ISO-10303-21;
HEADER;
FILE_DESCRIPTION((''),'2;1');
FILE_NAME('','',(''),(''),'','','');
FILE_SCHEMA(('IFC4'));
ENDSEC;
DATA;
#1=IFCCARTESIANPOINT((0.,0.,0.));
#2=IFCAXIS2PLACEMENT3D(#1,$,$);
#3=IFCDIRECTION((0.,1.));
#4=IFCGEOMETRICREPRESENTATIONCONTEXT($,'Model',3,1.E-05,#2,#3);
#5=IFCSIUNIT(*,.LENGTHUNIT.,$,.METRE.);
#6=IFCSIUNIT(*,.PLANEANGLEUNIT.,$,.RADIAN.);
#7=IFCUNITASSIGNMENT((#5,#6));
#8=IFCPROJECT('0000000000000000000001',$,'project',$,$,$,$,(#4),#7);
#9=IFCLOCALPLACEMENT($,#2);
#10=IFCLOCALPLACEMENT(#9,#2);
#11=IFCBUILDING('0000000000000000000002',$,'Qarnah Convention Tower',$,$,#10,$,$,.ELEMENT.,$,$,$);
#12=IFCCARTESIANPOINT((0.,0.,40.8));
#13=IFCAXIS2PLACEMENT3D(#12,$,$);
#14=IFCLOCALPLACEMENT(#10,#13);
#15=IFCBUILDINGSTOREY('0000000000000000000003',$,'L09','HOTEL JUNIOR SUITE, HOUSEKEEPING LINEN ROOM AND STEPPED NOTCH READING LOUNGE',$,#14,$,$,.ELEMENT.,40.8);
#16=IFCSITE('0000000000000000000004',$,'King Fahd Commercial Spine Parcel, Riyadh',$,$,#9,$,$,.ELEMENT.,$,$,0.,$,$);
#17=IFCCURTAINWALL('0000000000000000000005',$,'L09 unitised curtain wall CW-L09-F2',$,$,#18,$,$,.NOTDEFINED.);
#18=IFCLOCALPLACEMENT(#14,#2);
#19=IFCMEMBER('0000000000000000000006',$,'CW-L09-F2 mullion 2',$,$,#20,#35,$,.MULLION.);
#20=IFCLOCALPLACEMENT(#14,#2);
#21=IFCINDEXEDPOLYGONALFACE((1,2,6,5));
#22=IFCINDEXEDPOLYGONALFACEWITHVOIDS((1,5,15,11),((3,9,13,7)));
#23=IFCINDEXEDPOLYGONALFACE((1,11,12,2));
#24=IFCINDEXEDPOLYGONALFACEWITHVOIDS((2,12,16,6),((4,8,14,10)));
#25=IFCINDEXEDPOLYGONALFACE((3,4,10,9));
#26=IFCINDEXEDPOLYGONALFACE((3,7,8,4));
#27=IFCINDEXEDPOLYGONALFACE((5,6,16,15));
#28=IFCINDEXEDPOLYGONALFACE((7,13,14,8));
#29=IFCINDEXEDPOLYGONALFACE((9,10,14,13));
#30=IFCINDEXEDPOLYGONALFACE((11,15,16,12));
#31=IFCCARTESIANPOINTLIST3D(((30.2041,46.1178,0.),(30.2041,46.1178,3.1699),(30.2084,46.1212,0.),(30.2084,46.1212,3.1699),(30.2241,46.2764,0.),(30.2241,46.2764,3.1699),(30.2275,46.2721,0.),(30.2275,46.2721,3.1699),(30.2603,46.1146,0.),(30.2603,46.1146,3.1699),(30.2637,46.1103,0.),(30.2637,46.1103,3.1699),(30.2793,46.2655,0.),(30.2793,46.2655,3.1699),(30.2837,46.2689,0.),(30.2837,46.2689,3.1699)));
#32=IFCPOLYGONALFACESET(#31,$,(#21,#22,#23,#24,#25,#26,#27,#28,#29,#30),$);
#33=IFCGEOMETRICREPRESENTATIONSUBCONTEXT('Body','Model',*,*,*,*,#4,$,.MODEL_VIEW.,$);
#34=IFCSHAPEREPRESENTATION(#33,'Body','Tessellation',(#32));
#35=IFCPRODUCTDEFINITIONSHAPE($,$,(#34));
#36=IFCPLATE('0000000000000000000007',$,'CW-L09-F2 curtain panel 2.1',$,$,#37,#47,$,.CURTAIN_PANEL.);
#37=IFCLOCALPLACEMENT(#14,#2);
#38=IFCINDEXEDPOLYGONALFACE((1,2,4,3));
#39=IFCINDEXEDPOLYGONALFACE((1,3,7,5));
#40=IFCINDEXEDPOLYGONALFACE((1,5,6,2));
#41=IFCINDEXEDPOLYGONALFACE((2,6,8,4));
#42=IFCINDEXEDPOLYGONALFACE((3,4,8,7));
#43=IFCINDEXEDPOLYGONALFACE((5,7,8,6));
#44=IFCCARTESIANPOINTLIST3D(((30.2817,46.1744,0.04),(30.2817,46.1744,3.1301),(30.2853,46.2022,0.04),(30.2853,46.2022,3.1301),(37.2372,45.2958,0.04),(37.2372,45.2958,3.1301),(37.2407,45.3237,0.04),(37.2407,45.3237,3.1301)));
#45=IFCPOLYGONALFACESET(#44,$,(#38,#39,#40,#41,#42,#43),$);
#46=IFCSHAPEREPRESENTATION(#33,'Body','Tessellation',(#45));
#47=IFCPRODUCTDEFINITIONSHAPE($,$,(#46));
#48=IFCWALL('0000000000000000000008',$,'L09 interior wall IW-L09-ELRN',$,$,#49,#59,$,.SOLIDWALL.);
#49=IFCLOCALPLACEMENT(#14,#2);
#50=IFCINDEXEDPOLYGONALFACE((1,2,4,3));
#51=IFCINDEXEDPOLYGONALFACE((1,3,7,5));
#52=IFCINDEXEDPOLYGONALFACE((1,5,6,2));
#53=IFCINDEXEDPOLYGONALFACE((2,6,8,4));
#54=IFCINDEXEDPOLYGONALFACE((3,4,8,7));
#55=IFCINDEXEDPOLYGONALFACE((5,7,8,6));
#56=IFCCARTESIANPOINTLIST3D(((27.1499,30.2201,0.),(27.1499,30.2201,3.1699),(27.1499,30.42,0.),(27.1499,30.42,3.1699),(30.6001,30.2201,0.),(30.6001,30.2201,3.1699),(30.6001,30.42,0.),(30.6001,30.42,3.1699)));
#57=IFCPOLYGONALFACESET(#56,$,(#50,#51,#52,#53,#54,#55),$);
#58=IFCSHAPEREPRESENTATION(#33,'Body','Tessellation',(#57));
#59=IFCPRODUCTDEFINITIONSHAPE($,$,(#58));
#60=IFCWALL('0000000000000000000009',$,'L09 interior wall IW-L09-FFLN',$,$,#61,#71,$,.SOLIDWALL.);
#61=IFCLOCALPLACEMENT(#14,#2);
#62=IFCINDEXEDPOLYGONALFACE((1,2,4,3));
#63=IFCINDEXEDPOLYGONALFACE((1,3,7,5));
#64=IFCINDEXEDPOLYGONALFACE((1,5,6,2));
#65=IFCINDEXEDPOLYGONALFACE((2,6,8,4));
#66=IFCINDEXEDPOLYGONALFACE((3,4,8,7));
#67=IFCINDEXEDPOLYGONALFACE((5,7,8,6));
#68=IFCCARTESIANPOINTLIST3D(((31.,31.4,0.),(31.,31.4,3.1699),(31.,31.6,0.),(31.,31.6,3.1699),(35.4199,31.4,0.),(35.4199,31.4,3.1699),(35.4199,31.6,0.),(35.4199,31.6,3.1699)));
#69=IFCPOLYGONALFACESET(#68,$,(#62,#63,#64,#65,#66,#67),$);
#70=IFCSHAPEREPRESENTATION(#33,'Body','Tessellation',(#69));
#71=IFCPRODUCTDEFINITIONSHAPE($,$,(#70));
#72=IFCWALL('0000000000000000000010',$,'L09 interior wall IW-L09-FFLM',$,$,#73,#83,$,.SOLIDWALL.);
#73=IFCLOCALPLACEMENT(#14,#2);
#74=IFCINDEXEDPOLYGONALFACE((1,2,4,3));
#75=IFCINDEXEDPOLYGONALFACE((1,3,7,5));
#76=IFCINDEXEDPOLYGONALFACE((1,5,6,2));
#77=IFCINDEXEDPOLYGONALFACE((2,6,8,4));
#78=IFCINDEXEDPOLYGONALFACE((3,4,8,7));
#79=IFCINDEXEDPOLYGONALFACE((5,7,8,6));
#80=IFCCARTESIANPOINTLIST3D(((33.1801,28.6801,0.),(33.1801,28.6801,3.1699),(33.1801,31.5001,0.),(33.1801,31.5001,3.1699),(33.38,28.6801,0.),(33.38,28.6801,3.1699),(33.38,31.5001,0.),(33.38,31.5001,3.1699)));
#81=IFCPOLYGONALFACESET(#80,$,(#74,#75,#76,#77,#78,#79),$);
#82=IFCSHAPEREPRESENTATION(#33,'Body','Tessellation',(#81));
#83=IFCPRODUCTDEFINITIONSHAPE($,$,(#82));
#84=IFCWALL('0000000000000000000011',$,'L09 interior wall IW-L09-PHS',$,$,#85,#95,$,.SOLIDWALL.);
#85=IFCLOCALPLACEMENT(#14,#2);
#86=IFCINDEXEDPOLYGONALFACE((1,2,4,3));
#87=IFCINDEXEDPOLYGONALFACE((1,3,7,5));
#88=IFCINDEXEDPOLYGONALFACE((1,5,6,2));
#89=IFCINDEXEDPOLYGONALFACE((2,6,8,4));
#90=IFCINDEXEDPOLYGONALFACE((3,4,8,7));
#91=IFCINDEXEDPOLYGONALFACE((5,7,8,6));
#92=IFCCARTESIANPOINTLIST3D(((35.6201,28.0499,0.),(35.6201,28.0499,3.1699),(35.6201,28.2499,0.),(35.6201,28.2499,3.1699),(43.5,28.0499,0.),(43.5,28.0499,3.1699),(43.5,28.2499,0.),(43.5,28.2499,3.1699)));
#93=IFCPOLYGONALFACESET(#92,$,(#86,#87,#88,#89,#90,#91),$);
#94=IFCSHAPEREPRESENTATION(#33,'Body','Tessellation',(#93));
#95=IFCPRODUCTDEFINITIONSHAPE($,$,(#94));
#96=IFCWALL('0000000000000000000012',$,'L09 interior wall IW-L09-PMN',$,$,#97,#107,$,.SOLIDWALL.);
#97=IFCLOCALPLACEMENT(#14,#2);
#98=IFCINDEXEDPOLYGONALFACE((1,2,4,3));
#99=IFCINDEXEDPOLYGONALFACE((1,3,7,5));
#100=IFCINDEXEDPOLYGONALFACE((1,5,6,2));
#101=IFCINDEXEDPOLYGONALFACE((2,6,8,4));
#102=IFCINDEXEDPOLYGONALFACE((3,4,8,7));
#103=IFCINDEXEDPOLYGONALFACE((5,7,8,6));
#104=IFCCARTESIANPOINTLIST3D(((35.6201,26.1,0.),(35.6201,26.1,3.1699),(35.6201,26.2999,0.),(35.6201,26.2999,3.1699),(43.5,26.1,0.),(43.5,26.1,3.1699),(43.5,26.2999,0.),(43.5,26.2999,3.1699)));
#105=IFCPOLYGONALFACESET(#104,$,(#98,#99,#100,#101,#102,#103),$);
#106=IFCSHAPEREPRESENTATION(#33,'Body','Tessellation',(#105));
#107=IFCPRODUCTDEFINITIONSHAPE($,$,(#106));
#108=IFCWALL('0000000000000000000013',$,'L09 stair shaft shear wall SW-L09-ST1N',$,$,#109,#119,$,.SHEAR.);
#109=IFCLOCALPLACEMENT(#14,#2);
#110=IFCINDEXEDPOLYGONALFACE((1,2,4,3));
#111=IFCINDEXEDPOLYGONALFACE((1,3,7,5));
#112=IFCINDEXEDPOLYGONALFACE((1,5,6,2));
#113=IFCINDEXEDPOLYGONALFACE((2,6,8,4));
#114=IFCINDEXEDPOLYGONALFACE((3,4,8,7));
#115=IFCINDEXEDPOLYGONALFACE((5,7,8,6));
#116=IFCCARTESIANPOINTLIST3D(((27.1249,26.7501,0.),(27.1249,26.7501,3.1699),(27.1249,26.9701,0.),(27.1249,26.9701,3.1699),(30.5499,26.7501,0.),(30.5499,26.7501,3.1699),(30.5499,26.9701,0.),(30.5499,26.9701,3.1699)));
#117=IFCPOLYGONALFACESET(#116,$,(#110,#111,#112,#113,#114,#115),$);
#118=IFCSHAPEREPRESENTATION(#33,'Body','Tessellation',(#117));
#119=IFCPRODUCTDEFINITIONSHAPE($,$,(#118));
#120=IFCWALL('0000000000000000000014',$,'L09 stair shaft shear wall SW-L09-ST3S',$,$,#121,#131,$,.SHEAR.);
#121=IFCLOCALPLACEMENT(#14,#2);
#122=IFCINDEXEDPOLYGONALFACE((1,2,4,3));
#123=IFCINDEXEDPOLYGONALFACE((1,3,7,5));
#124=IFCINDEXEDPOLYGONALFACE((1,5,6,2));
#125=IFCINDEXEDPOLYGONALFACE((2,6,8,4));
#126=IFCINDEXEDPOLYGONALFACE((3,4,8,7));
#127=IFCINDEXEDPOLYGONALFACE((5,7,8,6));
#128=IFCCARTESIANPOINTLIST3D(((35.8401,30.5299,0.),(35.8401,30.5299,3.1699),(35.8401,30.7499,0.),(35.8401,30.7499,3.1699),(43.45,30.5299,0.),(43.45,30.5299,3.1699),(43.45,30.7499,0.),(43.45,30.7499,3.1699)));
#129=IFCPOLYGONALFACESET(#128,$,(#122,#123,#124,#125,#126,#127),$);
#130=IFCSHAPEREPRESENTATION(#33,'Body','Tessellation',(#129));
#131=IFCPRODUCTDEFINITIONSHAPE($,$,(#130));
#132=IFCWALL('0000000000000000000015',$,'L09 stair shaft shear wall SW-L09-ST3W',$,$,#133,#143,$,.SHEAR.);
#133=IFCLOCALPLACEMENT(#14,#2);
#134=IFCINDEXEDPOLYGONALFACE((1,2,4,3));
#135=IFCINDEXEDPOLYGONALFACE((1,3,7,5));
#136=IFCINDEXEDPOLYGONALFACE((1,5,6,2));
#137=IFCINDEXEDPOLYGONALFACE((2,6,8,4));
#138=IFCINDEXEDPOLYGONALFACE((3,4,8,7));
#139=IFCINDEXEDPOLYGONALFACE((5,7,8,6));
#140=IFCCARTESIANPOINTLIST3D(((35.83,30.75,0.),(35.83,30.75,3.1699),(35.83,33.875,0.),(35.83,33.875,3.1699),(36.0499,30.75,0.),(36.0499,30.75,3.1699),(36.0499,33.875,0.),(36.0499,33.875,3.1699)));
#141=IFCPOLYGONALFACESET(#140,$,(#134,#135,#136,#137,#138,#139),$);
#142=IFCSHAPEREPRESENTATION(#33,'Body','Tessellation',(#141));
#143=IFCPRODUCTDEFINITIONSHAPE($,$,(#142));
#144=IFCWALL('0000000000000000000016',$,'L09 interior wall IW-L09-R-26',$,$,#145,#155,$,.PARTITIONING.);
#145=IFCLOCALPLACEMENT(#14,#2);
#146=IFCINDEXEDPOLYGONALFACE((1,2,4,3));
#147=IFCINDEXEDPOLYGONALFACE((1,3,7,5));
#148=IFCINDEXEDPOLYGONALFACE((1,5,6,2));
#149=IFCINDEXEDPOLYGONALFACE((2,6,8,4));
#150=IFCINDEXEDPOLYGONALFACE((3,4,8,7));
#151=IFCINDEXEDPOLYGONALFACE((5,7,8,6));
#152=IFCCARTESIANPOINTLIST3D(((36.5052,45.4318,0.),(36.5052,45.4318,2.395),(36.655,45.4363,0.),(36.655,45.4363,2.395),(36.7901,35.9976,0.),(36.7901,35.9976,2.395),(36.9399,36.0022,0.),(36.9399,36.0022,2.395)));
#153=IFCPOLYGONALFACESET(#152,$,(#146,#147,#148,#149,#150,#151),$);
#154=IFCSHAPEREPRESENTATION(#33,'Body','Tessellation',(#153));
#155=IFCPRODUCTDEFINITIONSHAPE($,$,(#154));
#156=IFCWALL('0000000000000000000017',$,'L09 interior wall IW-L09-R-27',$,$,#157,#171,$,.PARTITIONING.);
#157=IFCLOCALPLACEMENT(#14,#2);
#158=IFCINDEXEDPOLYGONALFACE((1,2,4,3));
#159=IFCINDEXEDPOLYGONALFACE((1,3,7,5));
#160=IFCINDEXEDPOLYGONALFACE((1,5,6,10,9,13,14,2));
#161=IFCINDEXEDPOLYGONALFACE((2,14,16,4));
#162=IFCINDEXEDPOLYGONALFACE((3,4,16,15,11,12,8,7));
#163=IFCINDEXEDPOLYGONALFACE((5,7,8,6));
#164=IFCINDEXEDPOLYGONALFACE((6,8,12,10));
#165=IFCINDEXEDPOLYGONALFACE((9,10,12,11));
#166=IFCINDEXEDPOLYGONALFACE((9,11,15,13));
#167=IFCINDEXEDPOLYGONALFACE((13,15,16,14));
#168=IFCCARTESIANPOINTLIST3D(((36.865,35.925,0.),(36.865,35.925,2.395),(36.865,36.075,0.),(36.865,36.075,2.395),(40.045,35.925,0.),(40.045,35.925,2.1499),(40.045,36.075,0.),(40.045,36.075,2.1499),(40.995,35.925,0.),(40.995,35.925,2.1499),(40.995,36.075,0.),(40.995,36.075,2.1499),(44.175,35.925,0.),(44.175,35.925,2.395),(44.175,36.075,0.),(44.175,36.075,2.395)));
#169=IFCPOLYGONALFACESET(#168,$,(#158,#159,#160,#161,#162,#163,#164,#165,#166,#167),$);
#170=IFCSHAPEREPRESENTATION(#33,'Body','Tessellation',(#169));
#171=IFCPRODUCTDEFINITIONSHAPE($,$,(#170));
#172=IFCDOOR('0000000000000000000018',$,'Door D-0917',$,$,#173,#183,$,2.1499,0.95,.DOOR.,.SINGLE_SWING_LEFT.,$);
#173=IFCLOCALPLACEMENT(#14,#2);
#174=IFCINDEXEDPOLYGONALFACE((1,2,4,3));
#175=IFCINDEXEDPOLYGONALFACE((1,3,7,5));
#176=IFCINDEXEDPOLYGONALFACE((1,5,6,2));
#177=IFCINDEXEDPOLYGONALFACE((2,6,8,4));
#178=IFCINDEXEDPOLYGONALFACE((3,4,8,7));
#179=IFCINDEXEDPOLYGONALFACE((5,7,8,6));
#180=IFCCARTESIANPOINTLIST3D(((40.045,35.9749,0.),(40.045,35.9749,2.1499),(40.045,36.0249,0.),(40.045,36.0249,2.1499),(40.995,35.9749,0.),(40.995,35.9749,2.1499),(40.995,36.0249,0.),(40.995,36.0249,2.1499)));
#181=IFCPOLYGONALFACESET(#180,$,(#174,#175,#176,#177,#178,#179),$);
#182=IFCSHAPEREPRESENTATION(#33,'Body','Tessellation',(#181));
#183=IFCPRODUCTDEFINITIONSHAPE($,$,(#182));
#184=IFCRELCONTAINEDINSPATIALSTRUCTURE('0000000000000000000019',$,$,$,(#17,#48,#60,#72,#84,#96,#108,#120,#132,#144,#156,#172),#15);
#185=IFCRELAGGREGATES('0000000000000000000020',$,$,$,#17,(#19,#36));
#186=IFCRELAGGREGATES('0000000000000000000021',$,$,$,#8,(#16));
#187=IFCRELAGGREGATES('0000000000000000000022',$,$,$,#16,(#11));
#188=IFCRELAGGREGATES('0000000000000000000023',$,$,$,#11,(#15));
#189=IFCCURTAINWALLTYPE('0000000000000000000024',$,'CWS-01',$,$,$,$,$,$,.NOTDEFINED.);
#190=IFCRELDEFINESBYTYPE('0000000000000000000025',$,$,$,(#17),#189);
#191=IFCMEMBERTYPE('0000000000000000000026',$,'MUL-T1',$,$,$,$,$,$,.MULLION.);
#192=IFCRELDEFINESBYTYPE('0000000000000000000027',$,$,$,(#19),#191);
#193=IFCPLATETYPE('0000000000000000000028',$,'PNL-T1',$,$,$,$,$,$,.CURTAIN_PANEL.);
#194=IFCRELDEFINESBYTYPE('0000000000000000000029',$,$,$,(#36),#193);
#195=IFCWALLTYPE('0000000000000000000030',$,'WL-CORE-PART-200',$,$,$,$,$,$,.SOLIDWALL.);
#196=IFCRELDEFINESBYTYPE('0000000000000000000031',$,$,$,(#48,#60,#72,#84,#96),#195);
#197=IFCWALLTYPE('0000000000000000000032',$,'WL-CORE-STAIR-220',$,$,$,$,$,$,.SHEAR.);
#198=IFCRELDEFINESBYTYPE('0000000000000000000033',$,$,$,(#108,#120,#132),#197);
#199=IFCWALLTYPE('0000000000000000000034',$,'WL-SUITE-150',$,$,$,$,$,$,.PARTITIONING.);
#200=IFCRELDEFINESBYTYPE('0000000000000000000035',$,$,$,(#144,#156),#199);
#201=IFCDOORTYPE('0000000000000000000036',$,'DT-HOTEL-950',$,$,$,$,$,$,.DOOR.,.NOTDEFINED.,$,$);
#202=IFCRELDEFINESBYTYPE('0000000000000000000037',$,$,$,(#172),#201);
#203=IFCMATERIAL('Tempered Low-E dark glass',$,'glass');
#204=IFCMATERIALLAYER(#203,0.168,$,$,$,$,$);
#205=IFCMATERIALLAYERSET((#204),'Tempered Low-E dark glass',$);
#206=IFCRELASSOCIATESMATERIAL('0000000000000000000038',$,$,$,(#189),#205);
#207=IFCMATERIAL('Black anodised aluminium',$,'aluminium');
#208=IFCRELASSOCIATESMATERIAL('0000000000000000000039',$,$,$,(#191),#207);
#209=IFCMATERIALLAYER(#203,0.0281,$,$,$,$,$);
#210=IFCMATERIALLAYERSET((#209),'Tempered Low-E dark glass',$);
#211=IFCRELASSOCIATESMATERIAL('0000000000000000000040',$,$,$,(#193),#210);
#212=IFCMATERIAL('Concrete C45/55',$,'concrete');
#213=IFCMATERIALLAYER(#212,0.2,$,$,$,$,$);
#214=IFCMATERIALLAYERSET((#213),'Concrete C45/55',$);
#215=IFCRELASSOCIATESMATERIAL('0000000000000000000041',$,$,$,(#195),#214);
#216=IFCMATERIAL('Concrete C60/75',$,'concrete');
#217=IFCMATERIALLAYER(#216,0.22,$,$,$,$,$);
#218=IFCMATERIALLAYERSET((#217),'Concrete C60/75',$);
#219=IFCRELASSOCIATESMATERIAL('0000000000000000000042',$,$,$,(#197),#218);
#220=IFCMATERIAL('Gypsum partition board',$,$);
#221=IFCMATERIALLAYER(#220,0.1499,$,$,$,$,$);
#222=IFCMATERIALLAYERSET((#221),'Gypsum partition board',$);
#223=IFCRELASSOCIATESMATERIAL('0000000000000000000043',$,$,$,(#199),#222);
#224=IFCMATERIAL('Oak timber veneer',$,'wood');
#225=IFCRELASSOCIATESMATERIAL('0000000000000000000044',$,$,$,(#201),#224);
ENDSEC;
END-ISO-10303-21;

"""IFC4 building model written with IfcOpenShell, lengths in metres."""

from ifc_helpers import new_model, si_unit, direction, frame, frame_2d, origin, origin_2d, place, context, subcontext, project, spatial, rectangle, hollow_rectangle, extrude, material, layer, layer_set, material_profile, profile_set, type_object, element, fill, aggregate, save


model = new_model("IFC4")

# Units and contexts
model_context = context("Model", 3, precision=1e-05, world=origin(), true_north=direction((0.0, 1.0)))
body_context = subcontext(model_context, "Body", "Model", "MODEL_VIEW")
ifc_project = project(units=[si_unit("LENGTHUNIT", "METRE"), si_unit("PLANEANGLEUNIT", "RADIAN")], contexts=[model_context])

# Site, building, storey
site_placement = place(None, origin())
site = spatial("IfcSite", under=ifc_project, at=site_placement, Name="King Fahd Commercial Spine Parcel, Riyadh", CompositionType="ELEMENT", RefElevation=0.0)
building_placement = place(site_placement, origin())
building = spatial("IfcBuilding", under=site, at=building_placement, Name="Qarnah Convention Tower", CompositionType="ELEMENT")
storey_placement = place(building_placement, frame((0.0, 0.0, 40.8)))
storey = spatial("IfcBuildingStorey", under=building, at=storey_placement, Name="L09", Description="HOTEL JUNIOR SUITE, HOUSEKEEPING LINEN ROOM AND STEPPED NOTCH READING LOUNGE", CompositionType="ELEMENT", Elevation=40.8)

# Shared definitions
ifc_material_1 = material(Name="Concrete C60/75", Category="concrete")

# Curtain wall, member, plate
ifc_material_2 = material(Name="Tempered Low-E dark glass", Category="glass")
ifc_layer_1 = layer(ifc_material_2, 0.168)
ifc_layer_set_1 = layer_set([ifc_layer_1], Name="Tempered Low-E dark glass")
curtain_wall_type = type_object("IfcCurtainWallType", Name="CWS-01", PredefinedType="NOTDEFINED", material=ifc_layer_set_1)
curtain_wall_placement = place(storey_placement, origin())
curtain_wall = element("IfcCurtainWall", 1, at=curtain_wall_placement, inside=storey, type_object=curtain_wall_type, Name="L09 unitised curtain wall CW-L09-F2", PredefinedType="NOTDEFINED")
ifc_material_3 = material(Name="Black anodised aluminium", Category="aluminium")
ifc_material_profile_1 = material_profile(ifc_material_3, hollow_rectangle(XDim=0.0601, YDim=0.1599, WallThickness=0.0039, at=origin_2d()), Name="MUL-60X160")
ifc_profile_set_1 = profile_set([ifc_material_profile_1], Name="Black anodised aluminium")
member_type = type_object("IfcMemberType", Name="MUL-T1", PredefinedType="MULLION", material=ifc_profile_set_1)
member_placement = place(storey_placement, frame((30.2439, 46.1934, 0.0), z_axis=(0.0, 0.0, 1.0), x_axis=(0.992116, -0.125319, 0.0)))
member = element("IfcMember", 2, at=member_placement, type_object=member_type, Name="CW-L09-F2 mullion 2", PredefinedType="MULLION", context=body_context, shape_type="SweptSolid", body=[
    extrude(hollow_rectangle(XDim=0.0601, YDim=0.1599, WallThickness=0.0039, at=origin_2d()), origin(), (0.0, 0.0, 1.0), 3.1699),
])
ifc_layer_2 = layer(ifc_material_2, 0.0281)
ifc_layer_set_2 = layer_set([ifc_layer_2], Name="Tempered Low-E dark glass")
plate_type = type_object("IfcPlateType", Name="PNL-T1", PredefinedType="CURTAIN_PANEL", material=ifc_layer_set_2)
plate_placement = place(storey_placement, frame((33.7612, 45.749, 0.04), z_axis=(0.0, 0.0, 1.0), x_axis=(0.992116, -0.125319, 0.0)))
plate = element("IfcPlate", 3, at=plate_placement, type_object=plate_type, Name="CW-L09-F2 curtain panel 2.1", PredefinedType="CURTAIN_PANEL", context=body_context, shape_type="SweptSolid", body=[
    extrude(rectangle(XDim=7.0107, YDim=0.0281, at=origin_2d()), origin(), (0.0, 0.0, 1.0), 3.0901),
])
aggregate(curtain_wall, [member, plate])

# Wall
ifc_material_4 = material(Name="Concrete C45/55", Category="concrete")
ifc_layer_3 = layer(ifc_material_4, 0.2)
ifc_layer_set_3 = layer_set([ifc_layer_3], Name="Concrete C45/55")
wall_type_1 = type_object("IfcWallType", Name="WL-CORE-PART-200", PredefinedType="SOLIDWALL", material=ifc_layer_set_3)
wall_1_placement = place(storey_placement, frame((27.1499, 30.3201, 0.0), z_axis=(0.0, 0.0, 1.0), x_axis=(1.0, 0.0, 0.0)))
element("IfcWall", 4, at=wall_1_placement, inside=storey, type_object=wall_type_1, Name="L09 interior wall IW-L09-ELRN", PredefinedType="SOLIDWALL", context=body_context, shape_type="SweptSolid", body=[
    extrude(rectangle(XDim=3.4502, YDim=0.2, at=frame_2d((1.7251, 0.0))), origin(), (0.0, 0.0, 1.0), 3.1699),
])

# Walls
wall_2_placement = place(storey_placement, frame((31.0, 31.5, 0.0), z_axis=(0.0, 0.0, 1.0), x_axis=(1.0, 0.0, 0.0)))
element("IfcWall", 5, at=wall_2_placement, inside=storey, type_object=wall_type_1, Name="L09 interior wall IW-L09-FFLN", PredefinedType="SOLIDWALL", context=body_context, shape_type="SweptSolid", body=[
    extrude(rectangle(XDim=4.4199, YDim=0.2, at=frame_2d((2.21, 0.0))), origin(), (0.0, 0.0, 1.0), 3.1699),
])
wall_3_placement = place(storey_placement, frame((33.28, 28.6799, 0.0), z_axis=(0.0, 0.0, 1.0), x_axis=(0.0, 1.0, 0.0)))
element("IfcWall", 6, at=wall_3_placement, inside=storey, type_object=wall_type_1, Name="L09 interior wall IW-L09-FFLM", PredefinedType="SOLIDWALL", context=body_context, shape_type="SweptSolid", body=[
    extrude(rectangle(XDim=2.8201, YDim=0.2, at=frame_2d((1.4102, 0.0))), origin(), (0.0, 0.0, 1.0), 3.1699),
])
for number, where, z_axis, x_axis, name in (
    (7, (35.6201, 28.1499, 0.0), (0.0, 0.0, 1.0), (1.0, 0.0, 0.0), "L09 interior wall IW-L09-PHS"),
    (8, (35.6201, 26.2, 0.0), (0.0, 0.0, 1.0), (1.0, 0.0, 0.0), "L09 interior wall IW-L09-PMN"),
):
    element("IfcWall", number, at=place(storey_placement, frame(where, z_axis=z_axis, x_axis=x_axis)), inside=storey, type_object=wall_type_1, Name=name, PredefinedType="SOLIDWALL", context=body_context, shape_type="SweptSolid", body=[
        extrude(rectangle(XDim=7.8799, YDim=0.2, at=frame_2d((3.9399, 0.0))), origin(), (0.0, 0.0, 1.0), 3.1699),
    ])
ifc_layer_4 = layer(ifc_material_1, 0.22)
ifc_layer_set_4 = layer_set([ifc_layer_4], Name="Concrete C60/75")
wall_type_2 = type_object("IfcWallType", Name="WL-CORE-STAIR-220", PredefinedType="SHEAR", material=ifc_layer_set_4)
wall_4_placement = place(storey_placement, frame((27.125, 26.8601, 0.0), z_axis=(0.0, 0.0, 1.0), x_axis=(1.0, 0.0, 0.0)))
element("IfcWall", 9, at=wall_4_placement, inside=storey, type_object=wall_type_2, Name="L09 stair shaft shear wall SW-L09-ST1N", PredefinedType="SHEAR", context=body_context, shape_type="SweptSolid", body=[
    extrude(rectangle(XDim=3.425, YDim=0.22, at=frame_2d((1.7124, 0.0))), origin(), (0.0, 0.0, 1.0), 3.1699),
])
wall_5_placement = place(storey_placement, frame((35.8401, 30.6399, 0.0), z_axis=(0.0, 0.0, 1.0), x_axis=(1.0, 0.0, 0.0)))
element("IfcWall", 10, at=wall_5_placement, inside=storey, type_object=wall_type_2, Name="L09 stair shaft shear wall SW-L09-ST3S", PredefinedType="SHEAR", context=body_context, shape_type="SweptSolid", body=[
    extrude(rectangle(XDim=7.6099, YDim=0.22, at=frame_2d((3.8049, 0.0))), origin(), (0.0, 0.0, 1.0), 3.1699),
])
wall_6_placement = place(storey_placement, frame((35.9399, 30.75, 0.0), z_axis=(0.0, 0.0, 1.0), x_axis=(0.0, 1.0, 0.0)))
element("IfcWall", 11, at=wall_6_placement, inside=storey, type_object=wall_type_2, Name="L09 stair shaft shear wall SW-L09-ST3W", PredefinedType="SHEAR", context=body_context, shape_type="SweptSolid", body=[
    extrude(rectangle(XDim=3.125, YDim=0.22, at=frame_2d((1.5625, 0.0))), origin(), (0.0, 0.0, 1.0), 3.1699),
])
ifc_material_5 = material(Name="Gypsum partition board")
ifc_layer_5 = layer(ifc_material_5, 0.1499)
ifc_layer_set_5 = layer_set([ifc_layer_5], Name="Gypsum partition board")
wall_type_3 = type_object("IfcWallType", Name="WL-SUITE-150", PredefinedType="PARTITIONING", material=ifc_layer_set_5)
wall_7_placement = place(storey_placement, frame((36.5801, 45.4341, 0.0), z_axis=(0.0, 0.0, 1.0), x_axis=(0.030187, -0.999544, 0.0)))
element("IfcWall", 12, at=wall_7_placement, inside=storey, type_object=wall_type_3, Name="L09 interior wall IW-L09-R-26", PredefinedType="PARTITIONING", context=body_context, shape_type="SweptSolid", body=[
    extrude(rectangle(XDim=9.4385, YDim=0.1499, at=frame_2d((4.7192, 0.0))), origin(), (0.0, 0.0, 1.0), 2.395),
])

# Wall, opening, door
wall_8_placement = place(storey_placement, frame((36.865, 36.0, 0.0), z_axis=(0.0, 0.0, 1.0), x_axis=(1.0, 0.0, 0.0)))
wall_8 = element("IfcWall", 13, at=wall_8_placement, inside=storey, type_object=wall_type_3, Name="L09 interior wall IW-L09-R-27", PredefinedType="PARTITIONING", context=body_context, shape_type="SweptSolid", body=[
    extrude(rectangle(XDim=7.3101, YDim=0.1499, at=frame_2d((3.655, 0.0))), origin(), (0.0, 0.0, 1.0), 2.395),
])
opening_1_placement = place(wall_8_placement, frame((3.1799, 0.0, 0.0)))
opening_1 = element("IfcOpeningElement", 14, at=opening_1_placement, cuts=wall_8, PredefinedType="OPENING", context=body_context, shape_type="SweptSolid", body=[
    extrude(rectangle(XDim=0.95, YDim=2.1499, at=frame_2d((0.4751, 1.075))), frame((0.0, 0.085, 0.0), z_axis=(0.0, -1.0, 0.0), x_axis=(1.0, 0.0, 0.0)), (0.0, 0.0, 1.0), 0.1699),
])
ifc_material_6 = material(Name="Oak timber veneer", Category="wood")
door_type_1 = type_object("IfcDoorType", Name="DT-HOTEL-950", OperationType="NOTDEFINED", PredefinedType="DOOR", material=ifc_material_6)
door_1_placement = place(opening_1_placement, origin())
door_1 = element("IfcDoor", 15, at=door_1_placement, inside=storey, type_object=door_type_1, Name="Door D-0917", OperationType="SINGLE_SWING_LEFT", OverallHeight=2.1499, OverallWidth=0.95, PredefinedType="DOOR", context=body_context, shape_type="SweptSolid", body=[
    extrude(rectangle(XDim=0.95, YDim=2.1499, at=frame_2d((0.4751, 1.075))), frame((0.0, 0.0249, 0.0), z_axis=(0.0, -1.0, 0.0), x_axis=(1.0, 0.0, 0.0)), (0.0, 0.0, 1.0), 0.05),
])
fill(opening_1, door_1)

save(model, "model.ifc")
